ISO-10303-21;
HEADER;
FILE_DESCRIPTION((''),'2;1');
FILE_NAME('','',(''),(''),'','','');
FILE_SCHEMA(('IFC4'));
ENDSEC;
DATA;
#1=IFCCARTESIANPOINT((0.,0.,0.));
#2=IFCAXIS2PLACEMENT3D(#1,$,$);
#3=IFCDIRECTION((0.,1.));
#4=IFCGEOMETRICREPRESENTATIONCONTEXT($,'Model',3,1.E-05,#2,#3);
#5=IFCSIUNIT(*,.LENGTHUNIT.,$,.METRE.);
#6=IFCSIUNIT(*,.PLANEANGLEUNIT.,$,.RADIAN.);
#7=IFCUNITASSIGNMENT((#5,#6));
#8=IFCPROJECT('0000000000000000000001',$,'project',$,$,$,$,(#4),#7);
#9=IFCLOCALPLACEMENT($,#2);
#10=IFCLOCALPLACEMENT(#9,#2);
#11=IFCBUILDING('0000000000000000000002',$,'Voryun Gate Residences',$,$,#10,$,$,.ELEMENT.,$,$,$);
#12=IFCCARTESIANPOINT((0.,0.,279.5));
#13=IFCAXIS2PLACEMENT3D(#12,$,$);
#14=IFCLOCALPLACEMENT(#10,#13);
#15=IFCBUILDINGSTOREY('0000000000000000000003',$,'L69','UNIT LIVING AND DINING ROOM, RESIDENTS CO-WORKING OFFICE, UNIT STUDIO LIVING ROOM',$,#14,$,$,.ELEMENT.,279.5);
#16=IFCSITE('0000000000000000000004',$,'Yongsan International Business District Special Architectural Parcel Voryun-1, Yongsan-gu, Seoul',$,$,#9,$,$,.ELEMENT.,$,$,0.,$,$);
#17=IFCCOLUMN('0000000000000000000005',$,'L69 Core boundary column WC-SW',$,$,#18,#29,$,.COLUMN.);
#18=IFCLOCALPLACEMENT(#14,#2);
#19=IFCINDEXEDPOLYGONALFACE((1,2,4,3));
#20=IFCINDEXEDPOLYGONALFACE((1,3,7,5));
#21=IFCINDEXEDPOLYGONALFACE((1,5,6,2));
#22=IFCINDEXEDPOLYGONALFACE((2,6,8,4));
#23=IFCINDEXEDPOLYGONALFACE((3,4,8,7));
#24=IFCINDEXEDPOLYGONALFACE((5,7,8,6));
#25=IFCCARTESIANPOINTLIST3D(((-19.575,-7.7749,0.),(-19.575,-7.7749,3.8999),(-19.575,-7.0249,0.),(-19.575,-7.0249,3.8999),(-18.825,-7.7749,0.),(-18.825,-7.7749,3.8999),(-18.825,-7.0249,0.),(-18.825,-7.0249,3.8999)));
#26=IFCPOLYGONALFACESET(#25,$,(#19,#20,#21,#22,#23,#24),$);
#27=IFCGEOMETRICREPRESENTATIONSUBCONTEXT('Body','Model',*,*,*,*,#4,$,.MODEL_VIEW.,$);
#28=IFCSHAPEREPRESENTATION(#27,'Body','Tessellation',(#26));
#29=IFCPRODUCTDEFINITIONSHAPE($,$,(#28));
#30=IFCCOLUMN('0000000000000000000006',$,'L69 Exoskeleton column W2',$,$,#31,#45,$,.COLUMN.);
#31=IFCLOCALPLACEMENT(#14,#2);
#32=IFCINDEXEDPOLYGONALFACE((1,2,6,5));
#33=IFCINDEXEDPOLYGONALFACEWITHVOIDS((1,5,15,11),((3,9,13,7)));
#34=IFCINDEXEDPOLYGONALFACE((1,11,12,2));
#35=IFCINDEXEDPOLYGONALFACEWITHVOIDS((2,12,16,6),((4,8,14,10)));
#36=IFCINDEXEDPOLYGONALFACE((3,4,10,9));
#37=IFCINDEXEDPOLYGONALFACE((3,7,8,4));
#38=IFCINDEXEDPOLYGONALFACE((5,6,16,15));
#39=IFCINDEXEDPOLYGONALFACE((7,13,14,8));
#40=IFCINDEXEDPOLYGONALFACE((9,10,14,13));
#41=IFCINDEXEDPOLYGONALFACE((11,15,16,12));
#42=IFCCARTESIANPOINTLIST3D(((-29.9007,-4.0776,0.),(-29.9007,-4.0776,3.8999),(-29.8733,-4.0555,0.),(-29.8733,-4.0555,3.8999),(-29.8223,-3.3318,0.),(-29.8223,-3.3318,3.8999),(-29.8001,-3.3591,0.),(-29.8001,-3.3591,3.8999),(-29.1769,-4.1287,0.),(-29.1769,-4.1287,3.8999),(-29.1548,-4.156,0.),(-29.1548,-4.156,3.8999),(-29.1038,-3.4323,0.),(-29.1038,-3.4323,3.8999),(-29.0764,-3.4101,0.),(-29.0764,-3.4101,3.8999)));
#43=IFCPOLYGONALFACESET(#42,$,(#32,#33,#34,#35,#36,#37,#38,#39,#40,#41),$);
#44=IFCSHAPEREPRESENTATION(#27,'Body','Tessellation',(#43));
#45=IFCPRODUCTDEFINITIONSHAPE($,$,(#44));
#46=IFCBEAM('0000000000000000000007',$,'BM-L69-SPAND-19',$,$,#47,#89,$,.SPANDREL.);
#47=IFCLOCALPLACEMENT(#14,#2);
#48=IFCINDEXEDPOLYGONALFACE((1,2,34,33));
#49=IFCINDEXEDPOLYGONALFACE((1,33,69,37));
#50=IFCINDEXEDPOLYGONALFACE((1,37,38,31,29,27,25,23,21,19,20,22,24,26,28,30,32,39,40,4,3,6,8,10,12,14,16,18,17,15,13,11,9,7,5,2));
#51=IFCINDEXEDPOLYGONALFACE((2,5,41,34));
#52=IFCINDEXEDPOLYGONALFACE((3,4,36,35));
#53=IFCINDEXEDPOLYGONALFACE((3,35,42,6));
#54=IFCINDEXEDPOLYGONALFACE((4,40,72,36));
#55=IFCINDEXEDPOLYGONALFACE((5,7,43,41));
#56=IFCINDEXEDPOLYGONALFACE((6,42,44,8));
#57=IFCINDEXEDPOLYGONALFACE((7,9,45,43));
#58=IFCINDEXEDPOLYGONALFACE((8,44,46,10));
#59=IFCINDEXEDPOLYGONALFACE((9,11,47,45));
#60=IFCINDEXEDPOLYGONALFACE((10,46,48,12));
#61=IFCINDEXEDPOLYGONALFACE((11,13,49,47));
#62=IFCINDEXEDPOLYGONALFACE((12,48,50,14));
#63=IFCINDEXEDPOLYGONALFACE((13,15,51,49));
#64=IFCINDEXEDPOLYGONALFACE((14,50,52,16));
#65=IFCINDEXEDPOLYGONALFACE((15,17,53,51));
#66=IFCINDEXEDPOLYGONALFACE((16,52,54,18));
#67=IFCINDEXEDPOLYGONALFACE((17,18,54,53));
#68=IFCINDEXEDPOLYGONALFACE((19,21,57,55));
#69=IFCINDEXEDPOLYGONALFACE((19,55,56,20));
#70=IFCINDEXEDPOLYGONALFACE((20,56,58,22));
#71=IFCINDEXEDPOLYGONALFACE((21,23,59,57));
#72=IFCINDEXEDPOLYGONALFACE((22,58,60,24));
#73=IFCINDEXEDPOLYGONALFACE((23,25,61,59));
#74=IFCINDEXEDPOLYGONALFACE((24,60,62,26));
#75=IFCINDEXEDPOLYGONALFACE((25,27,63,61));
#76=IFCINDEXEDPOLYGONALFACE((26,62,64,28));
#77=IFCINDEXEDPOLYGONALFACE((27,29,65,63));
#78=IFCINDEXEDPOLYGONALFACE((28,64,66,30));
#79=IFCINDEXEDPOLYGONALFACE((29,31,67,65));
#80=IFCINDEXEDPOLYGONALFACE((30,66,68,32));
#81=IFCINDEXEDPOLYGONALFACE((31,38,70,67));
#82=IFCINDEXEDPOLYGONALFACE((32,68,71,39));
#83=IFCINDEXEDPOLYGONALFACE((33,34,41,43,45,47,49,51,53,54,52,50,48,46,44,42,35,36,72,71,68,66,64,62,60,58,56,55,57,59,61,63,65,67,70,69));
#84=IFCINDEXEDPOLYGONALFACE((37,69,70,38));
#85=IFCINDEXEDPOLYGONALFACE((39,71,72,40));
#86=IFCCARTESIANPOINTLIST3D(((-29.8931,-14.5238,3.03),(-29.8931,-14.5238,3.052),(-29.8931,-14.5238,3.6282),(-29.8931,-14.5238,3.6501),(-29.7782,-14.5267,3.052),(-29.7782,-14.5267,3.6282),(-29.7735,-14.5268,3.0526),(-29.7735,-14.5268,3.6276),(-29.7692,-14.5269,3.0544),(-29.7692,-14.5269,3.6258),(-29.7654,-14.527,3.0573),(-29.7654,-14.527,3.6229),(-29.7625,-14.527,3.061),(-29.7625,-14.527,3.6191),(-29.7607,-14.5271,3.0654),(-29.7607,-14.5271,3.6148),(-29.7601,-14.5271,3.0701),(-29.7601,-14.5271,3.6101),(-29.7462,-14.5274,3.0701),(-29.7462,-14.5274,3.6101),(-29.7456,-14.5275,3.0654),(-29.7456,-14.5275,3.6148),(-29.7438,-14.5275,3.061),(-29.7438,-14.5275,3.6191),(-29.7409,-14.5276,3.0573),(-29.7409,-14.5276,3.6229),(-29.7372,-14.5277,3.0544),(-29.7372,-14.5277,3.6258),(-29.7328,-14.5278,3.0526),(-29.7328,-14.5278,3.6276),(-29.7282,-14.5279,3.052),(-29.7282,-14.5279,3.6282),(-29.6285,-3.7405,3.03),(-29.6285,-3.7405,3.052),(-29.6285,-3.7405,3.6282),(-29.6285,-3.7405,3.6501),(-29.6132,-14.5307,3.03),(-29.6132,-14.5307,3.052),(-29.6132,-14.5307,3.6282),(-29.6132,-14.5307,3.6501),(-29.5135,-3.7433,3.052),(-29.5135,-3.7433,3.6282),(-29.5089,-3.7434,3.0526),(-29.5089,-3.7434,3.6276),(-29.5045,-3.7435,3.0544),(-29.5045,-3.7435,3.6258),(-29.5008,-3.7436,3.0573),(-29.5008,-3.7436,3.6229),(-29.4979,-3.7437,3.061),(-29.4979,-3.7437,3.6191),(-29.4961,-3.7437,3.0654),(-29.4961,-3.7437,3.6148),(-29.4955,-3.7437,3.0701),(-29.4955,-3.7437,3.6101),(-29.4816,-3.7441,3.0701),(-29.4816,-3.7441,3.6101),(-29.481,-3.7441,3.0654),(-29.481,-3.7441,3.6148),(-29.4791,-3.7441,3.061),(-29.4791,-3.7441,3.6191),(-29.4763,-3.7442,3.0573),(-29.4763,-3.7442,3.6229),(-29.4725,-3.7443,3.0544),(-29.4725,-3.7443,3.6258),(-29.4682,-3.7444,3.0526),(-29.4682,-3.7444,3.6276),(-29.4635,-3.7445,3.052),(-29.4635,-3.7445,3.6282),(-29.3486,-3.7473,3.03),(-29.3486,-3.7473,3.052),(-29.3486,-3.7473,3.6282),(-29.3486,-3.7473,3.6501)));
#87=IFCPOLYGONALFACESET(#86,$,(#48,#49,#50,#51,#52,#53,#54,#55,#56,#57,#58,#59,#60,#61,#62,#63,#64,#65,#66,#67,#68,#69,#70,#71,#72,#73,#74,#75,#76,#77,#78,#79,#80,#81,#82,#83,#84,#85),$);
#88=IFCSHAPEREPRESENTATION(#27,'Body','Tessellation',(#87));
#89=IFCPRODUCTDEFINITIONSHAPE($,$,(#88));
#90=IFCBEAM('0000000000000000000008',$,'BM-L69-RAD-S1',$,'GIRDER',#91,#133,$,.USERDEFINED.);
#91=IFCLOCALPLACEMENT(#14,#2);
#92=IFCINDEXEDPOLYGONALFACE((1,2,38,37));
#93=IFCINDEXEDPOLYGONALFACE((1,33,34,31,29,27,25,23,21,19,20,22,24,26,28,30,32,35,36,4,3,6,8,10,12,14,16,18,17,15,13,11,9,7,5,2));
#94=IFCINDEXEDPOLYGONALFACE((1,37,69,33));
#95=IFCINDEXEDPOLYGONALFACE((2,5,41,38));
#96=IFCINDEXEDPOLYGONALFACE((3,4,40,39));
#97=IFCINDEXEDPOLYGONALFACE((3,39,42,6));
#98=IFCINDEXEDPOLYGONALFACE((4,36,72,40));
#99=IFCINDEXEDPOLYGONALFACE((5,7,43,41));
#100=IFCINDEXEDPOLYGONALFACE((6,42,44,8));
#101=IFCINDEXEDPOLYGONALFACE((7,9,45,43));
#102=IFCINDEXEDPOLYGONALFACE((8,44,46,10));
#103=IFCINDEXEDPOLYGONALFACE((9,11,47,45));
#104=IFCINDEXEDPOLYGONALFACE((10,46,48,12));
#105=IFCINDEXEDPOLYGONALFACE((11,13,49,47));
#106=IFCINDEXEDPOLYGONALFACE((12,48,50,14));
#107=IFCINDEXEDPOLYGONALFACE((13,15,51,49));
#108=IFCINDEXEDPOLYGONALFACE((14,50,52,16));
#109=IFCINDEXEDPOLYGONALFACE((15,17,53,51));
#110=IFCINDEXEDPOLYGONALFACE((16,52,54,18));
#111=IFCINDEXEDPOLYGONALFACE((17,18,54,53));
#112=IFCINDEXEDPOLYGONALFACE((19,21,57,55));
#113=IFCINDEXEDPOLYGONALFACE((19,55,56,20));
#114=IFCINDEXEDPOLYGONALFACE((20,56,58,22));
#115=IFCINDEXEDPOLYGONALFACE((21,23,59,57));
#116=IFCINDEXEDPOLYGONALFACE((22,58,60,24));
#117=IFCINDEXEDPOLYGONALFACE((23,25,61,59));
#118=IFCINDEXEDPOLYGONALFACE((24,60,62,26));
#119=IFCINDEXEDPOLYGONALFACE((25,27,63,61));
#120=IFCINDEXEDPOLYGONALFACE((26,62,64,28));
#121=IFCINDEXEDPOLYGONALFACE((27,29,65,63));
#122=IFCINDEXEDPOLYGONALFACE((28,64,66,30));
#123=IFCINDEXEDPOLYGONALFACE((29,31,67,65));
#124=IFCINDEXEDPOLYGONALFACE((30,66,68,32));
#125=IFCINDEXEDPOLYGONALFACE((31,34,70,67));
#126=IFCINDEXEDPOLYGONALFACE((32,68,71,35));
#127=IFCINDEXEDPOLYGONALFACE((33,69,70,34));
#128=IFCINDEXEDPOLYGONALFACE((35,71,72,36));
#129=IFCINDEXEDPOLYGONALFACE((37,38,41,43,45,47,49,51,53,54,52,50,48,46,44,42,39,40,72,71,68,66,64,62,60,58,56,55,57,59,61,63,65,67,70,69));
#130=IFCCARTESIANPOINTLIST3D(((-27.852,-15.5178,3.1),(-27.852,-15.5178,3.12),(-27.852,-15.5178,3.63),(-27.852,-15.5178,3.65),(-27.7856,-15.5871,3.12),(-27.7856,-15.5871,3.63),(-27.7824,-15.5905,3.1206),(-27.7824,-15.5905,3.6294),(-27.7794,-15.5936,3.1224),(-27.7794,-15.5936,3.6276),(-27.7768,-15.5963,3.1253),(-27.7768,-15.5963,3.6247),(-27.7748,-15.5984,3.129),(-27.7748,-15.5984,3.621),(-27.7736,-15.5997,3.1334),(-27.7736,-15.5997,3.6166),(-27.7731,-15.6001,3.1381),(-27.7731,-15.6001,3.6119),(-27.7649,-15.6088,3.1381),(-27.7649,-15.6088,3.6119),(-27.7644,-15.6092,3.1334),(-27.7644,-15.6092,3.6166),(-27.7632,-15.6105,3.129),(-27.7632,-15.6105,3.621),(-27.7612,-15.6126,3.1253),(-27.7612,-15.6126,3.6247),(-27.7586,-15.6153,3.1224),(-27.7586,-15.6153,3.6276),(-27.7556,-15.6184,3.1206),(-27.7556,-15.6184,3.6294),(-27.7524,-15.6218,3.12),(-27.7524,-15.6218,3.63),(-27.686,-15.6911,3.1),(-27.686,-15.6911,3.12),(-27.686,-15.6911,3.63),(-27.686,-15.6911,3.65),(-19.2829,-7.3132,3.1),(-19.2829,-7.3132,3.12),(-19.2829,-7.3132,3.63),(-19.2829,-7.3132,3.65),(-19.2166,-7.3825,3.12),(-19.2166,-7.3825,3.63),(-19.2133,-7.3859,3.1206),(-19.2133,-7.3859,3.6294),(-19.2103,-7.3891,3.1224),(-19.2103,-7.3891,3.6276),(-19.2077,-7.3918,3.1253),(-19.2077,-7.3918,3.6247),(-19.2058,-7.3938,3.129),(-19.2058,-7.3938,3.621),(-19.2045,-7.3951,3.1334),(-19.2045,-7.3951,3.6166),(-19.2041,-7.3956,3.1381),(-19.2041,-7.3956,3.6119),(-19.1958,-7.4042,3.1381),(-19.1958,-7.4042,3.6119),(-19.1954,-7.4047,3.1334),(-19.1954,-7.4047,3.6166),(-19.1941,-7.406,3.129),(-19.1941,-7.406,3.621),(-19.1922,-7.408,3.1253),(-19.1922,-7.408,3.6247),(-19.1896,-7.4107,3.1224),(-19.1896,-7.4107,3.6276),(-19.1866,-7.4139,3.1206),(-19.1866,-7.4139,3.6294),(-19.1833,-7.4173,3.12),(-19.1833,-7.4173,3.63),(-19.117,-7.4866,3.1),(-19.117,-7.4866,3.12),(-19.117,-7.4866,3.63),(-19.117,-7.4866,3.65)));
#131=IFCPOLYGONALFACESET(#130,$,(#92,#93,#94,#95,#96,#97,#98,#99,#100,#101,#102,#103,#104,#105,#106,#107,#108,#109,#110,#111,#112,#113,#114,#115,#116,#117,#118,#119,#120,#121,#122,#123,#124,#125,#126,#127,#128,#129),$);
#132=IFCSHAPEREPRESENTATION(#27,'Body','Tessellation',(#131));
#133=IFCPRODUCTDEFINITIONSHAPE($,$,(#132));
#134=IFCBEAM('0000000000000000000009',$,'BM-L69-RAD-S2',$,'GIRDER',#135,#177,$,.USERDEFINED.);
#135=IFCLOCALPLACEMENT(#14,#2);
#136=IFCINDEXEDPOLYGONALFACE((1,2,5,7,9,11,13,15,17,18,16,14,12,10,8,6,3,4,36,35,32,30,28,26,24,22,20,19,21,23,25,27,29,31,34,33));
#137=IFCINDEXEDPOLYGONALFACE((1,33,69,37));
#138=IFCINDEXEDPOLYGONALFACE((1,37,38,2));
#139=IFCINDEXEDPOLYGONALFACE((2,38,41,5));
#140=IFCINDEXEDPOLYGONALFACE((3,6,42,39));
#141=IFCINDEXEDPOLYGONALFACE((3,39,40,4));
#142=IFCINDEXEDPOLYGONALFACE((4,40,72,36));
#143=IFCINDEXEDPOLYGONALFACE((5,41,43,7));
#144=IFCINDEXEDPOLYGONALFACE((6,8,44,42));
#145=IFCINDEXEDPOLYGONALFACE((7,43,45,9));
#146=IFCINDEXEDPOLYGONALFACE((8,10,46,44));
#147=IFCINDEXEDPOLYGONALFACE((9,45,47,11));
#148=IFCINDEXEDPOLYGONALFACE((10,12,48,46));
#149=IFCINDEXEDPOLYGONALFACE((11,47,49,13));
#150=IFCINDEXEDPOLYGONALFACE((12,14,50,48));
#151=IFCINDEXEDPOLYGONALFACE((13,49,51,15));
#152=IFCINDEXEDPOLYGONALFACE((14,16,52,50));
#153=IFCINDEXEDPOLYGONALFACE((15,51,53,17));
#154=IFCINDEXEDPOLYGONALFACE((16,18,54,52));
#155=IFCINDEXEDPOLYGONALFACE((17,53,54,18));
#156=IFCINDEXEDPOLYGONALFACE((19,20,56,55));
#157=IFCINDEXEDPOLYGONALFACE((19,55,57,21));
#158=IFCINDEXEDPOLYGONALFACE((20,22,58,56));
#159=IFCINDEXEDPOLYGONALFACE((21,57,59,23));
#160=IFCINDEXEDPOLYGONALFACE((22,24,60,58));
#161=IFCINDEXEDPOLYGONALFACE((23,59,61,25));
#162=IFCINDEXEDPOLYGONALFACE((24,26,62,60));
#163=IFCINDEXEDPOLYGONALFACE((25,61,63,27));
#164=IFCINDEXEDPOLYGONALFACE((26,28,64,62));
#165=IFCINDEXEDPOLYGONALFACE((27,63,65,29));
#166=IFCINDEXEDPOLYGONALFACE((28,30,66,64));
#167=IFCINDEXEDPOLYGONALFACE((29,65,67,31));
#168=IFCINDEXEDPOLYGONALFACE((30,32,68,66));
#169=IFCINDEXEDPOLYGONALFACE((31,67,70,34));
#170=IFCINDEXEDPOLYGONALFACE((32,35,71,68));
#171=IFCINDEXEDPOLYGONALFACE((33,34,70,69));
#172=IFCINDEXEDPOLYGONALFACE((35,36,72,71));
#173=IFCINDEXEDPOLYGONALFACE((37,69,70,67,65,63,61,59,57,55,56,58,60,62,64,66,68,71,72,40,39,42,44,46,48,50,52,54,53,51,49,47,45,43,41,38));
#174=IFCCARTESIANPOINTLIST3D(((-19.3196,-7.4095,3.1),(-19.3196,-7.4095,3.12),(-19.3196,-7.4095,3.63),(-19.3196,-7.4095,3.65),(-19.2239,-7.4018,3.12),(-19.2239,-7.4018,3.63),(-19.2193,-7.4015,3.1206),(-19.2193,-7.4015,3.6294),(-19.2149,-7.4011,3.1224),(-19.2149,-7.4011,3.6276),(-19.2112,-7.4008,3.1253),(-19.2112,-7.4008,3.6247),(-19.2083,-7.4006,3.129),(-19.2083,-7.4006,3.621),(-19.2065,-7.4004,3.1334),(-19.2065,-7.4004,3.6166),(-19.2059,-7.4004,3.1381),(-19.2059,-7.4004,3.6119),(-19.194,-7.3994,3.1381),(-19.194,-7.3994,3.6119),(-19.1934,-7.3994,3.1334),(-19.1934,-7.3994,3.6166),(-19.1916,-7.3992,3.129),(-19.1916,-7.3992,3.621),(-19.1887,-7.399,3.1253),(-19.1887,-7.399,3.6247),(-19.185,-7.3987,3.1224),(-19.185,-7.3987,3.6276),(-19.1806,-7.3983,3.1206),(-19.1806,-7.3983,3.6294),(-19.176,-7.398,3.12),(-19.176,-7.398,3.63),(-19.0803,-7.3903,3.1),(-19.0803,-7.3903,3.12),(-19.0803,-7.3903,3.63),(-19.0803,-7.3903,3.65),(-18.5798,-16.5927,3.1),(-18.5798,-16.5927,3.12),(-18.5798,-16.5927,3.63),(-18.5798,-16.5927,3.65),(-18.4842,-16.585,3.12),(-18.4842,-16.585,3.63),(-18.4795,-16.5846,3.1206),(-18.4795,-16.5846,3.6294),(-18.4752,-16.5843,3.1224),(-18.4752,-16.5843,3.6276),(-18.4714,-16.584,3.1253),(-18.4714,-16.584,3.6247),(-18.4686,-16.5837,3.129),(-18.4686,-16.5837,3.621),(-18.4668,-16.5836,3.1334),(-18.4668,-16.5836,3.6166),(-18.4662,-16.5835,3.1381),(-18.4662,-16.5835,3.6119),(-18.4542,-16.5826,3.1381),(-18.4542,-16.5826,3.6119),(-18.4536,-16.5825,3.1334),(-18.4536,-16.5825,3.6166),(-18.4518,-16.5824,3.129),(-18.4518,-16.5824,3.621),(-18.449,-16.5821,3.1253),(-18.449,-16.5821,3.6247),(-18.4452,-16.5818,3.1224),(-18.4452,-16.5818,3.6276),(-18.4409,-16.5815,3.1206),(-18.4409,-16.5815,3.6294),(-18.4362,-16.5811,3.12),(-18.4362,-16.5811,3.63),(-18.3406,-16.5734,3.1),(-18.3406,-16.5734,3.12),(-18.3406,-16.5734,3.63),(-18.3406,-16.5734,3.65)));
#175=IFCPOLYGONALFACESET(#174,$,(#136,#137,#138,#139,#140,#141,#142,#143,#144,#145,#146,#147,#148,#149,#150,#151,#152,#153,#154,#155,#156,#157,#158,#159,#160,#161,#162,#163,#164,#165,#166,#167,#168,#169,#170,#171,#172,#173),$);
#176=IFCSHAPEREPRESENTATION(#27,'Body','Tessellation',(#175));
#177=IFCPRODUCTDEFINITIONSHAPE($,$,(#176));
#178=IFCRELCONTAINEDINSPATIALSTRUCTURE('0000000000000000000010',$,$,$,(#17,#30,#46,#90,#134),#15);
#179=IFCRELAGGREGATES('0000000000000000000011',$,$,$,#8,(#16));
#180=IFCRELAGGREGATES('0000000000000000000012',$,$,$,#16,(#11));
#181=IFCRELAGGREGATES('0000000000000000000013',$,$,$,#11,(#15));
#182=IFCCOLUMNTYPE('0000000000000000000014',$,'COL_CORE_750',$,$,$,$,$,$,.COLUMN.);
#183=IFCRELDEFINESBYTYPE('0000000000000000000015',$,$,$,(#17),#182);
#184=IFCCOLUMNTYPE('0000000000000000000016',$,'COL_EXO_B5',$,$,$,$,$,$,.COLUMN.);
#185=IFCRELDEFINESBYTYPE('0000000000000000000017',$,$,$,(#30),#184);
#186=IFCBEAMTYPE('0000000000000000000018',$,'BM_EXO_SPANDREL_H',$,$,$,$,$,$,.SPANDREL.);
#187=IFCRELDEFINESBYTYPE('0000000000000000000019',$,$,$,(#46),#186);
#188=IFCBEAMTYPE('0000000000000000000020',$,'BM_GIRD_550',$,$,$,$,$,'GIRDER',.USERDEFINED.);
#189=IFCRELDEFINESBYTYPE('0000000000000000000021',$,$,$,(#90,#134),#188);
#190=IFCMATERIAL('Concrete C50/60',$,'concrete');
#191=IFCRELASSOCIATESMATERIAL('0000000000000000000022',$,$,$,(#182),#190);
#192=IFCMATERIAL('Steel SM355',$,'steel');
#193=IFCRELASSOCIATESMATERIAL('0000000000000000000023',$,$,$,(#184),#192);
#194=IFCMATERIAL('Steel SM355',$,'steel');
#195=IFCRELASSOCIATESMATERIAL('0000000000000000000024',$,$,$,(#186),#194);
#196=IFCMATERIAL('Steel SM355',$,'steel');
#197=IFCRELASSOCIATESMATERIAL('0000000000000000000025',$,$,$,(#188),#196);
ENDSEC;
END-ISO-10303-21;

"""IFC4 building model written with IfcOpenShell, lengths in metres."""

from ifc_helpers import new_model, si_unit, direction, frame, origin, origin_2d, place, context, subcontext, project, spatial, rectangle, hollow_rectangle, i_section, extrude, material, material_profile, profile_set, type_object, element, save


model = new_model("IFC4")

# Units and contexts
model_context = context("Model", 3, precision=1e-05, world=origin(), true_north=direction((0.0, 1.0)))
body_context = subcontext(model_context, "Body", "Model", "MODEL_VIEW")
ifc_project = project(units=[si_unit("LENGTHUNIT", "METRE"), si_unit("PLANEANGLEUNIT", "RADIAN")], contexts=[model_context])

# Site, building, storey
site_placement = place(None, origin())
site = spatial("IfcSite", under=ifc_project, at=site_placement, Name="Yongsan International Business District Special Architectural Parcel Voryun-1, Yongsan-gu, Seoul", CompositionType="ELEMENT", RefElevation=0.0)
building_placement = place(site_placement, origin())
building = spatial("IfcBuilding", under=site, at=building_placement, Name="Voryun Gate Residences", CompositionType="ELEMENT")
storey_placement = place(building_placement, frame((0.0, 0.0, 279.5)))
storey = spatial("IfcBuildingStorey", under=building, at=storey_placement, Name="L69", Description="UNIT LIVING AND DINING ROOM, RESIDENTS CO-WORKING OFFICE, UNIT STUDIO LIVING ROOM", CompositionType="ELEMENT", Elevation=279.5)

# Columns
ifc_material_1 = material(Name="Concrete C50/60", Category="concrete")
ifc_material_profile_1 = material_profile(ifc_material_1, rectangle(XDim=0.75, YDim=0.75, at=origin_2d()), Name="RC-750x750")
ifc_profile_set_1 = profile_set([ifc_material_profile_1], Name="Concrete C50/60")
column_type_1 = type_object("IfcColumnType", Name="COL_CORE_750", PredefinedType="COLUMN", material=ifc_profile_set_1)
column_1_placement = place(storey_placement, frame((-19.2, -7.3999, 0.0), z_axis=(0.0, 0.0, 1.0), x_axis=(1.0, 0.0, 0.0)))
element("IfcColumn", 1, at=column_1_placement, inside=storey, type_object=column_type_1, Name="L69 Core boundary column WC-SW", PredefinedType="COLUMN", context=body_context, shape_type="SweptSolid", body=[
    extrude(rectangle(XDim=0.75, YDim=0.75, at=origin_2d()), origin(), (0.0, 0.0, 1.0), 3.8999),
])
ifc_material_2 = material(Name="Steel SM355", Category="steel")
ifc_material_profile_2 = material_profile(ifc_material_2, hollow_rectangle(XDim=0.75, YDim=0.75, WallThickness=0.0249, at=origin_2d()), Name="BOX-750x750x25")
ifc_profile_set_2 = profile_set([ifc_material_profile_2], Name="Steel SM355")
column_type_2 = type_object("IfcColumnType", Name="COL_EXO_B5", PredefinedType="COLUMN", material=ifc_profile_set_2)
column_2_placement = place(storey_placement, frame((-29.4885, -3.7439, 0.0), z_axis=(0.0, 0.0, 1.0), x_axis=(0.994522, -0.104528, 0.0)))
element("IfcColumn", 2, at=column_2_placement, inside=storey, type_object=column_type_2, Name="L69 Exoskeleton column W2", PredefinedType="COLUMN", context=body_context, shape_type="SweptSolid", body=[
    extrude(hollow_rectangle(XDim=0.75, YDim=0.75, WallThickness=0.0249, at=origin_2d()), origin(), (0.0, 0.0, 1.0), 3.8999),
])

# Beams
ifc_material_3 = material(Name="Steel SM355", Category="steel")
ifc_material_profile_3 = material_profile(ifc_material_3, i_section(OverallWidth=0.28, OverallDepth=0.6201, WebThickness=0.0139, FlangeThickness=0.022, FilletRadius=0.0181, at=origin_2d()), Name="H-620x280x14x22")
ifc_profile_set_3 = profile_set([ifc_material_profile_3], Name="Steel SM355")
beam_type_1 = type_object("IfcBeamType", Name="BM_EXO_SPANDREL_H", PredefinedType="SPANDREL", material=ifc_profile_set_3)
beam_1_placement = place(storey_placement, frame((-29.4885, -3.7439, 3.3401), z_axis=(-0.024535, -0.999699, 0.0), x_axis=(0.999699, -0.024535, 0.0)))
element("IfcBeam", 3, at=beam_1_placement, inside=storey, type_object=beam_type_1, Name="BM-L69-SPAND-19", PredefinedType="SPANDREL", context=body_context, shape_type="SweptSolid", body=[
    extrude(i_section(OverallWidth=0.28, OverallDepth=0.6201, WebThickness=0.0139, FlangeThickness=0.022, FilletRadius=0.0181, at=origin_2d()), origin(), (0.0, 0.0, 1.0), 10.7866),
])
ifc_material_4 = material(Name="Steel SM355", Category="steel")
ifc_material_profile_4 = material_profile(ifc_material_4, i_section(OverallWidth=0.24, OverallDepth=0.55, WebThickness=0.012, FlangeThickness=0.02, FilletRadius=0.0181, at=origin_2d()), Name="H-550x240x12x20")
ifc_profile_set_4 = profile_set([ifc_material_profile_4], Name="Steel SM355")
beam_type_2 = type_object("IfcBeamType", Name="BM_GIRD_550", ElementType="GIRDER", PredefinedType="USERDEFINED", material=ifc_profile_set_4)
beam_2_placement = place(storey_placement, frame((-19.2, -7.3999, 3.375), z_axis=(-0.722302, -0.691578, 0.0), x_axis=(0.691578, -0.722302, 0.0)))
element("IfcBeam", 4, at=beam_2_placement, inside=storey, type_object=beam_type_2, Name="BM-L69-RAD-S1", ObjectType="GIRDER", PredefinedType="USERDEFINED", context=body_context, shape_type="SweptSolid", body=[
    extrude(i_section(OverallWidth=0.24, OverallDepth=0.55, WebThickness=0.012, FlangeThickness=0.02, FilletRadius=0.0181, at=origin_2d()), origin(), (0.0, 0.0, 1.0), 11.8635),
])
beam_3_placement = place(storey_placement, frame((-19.2, -7.3999, 3.375), z_axis=(0.080295, -0.996771, 0.0), x_axis=(0.996771, 0.080295, 0.0)))
element("IfcBeam", 5, at=beam_3_placement, inside=storey, type_object=beam_type_2, Name="BM-L69-RAD-S2", ObjectType="GIRDER", PredefinedType="USERDEFINED", context=body_context, shape_type="SweptSolid", body=[
    extrude(i_section(OverallWidth=0.24, OverallDepth=0.55, WebThickness=0.012, FlangeThickness=0.02, FilletRadius=0.0181, at=origin_2d()), origin(), (0.0, 0.0, 1.0), 9.2129),
])

save(model, "model.ifc")
